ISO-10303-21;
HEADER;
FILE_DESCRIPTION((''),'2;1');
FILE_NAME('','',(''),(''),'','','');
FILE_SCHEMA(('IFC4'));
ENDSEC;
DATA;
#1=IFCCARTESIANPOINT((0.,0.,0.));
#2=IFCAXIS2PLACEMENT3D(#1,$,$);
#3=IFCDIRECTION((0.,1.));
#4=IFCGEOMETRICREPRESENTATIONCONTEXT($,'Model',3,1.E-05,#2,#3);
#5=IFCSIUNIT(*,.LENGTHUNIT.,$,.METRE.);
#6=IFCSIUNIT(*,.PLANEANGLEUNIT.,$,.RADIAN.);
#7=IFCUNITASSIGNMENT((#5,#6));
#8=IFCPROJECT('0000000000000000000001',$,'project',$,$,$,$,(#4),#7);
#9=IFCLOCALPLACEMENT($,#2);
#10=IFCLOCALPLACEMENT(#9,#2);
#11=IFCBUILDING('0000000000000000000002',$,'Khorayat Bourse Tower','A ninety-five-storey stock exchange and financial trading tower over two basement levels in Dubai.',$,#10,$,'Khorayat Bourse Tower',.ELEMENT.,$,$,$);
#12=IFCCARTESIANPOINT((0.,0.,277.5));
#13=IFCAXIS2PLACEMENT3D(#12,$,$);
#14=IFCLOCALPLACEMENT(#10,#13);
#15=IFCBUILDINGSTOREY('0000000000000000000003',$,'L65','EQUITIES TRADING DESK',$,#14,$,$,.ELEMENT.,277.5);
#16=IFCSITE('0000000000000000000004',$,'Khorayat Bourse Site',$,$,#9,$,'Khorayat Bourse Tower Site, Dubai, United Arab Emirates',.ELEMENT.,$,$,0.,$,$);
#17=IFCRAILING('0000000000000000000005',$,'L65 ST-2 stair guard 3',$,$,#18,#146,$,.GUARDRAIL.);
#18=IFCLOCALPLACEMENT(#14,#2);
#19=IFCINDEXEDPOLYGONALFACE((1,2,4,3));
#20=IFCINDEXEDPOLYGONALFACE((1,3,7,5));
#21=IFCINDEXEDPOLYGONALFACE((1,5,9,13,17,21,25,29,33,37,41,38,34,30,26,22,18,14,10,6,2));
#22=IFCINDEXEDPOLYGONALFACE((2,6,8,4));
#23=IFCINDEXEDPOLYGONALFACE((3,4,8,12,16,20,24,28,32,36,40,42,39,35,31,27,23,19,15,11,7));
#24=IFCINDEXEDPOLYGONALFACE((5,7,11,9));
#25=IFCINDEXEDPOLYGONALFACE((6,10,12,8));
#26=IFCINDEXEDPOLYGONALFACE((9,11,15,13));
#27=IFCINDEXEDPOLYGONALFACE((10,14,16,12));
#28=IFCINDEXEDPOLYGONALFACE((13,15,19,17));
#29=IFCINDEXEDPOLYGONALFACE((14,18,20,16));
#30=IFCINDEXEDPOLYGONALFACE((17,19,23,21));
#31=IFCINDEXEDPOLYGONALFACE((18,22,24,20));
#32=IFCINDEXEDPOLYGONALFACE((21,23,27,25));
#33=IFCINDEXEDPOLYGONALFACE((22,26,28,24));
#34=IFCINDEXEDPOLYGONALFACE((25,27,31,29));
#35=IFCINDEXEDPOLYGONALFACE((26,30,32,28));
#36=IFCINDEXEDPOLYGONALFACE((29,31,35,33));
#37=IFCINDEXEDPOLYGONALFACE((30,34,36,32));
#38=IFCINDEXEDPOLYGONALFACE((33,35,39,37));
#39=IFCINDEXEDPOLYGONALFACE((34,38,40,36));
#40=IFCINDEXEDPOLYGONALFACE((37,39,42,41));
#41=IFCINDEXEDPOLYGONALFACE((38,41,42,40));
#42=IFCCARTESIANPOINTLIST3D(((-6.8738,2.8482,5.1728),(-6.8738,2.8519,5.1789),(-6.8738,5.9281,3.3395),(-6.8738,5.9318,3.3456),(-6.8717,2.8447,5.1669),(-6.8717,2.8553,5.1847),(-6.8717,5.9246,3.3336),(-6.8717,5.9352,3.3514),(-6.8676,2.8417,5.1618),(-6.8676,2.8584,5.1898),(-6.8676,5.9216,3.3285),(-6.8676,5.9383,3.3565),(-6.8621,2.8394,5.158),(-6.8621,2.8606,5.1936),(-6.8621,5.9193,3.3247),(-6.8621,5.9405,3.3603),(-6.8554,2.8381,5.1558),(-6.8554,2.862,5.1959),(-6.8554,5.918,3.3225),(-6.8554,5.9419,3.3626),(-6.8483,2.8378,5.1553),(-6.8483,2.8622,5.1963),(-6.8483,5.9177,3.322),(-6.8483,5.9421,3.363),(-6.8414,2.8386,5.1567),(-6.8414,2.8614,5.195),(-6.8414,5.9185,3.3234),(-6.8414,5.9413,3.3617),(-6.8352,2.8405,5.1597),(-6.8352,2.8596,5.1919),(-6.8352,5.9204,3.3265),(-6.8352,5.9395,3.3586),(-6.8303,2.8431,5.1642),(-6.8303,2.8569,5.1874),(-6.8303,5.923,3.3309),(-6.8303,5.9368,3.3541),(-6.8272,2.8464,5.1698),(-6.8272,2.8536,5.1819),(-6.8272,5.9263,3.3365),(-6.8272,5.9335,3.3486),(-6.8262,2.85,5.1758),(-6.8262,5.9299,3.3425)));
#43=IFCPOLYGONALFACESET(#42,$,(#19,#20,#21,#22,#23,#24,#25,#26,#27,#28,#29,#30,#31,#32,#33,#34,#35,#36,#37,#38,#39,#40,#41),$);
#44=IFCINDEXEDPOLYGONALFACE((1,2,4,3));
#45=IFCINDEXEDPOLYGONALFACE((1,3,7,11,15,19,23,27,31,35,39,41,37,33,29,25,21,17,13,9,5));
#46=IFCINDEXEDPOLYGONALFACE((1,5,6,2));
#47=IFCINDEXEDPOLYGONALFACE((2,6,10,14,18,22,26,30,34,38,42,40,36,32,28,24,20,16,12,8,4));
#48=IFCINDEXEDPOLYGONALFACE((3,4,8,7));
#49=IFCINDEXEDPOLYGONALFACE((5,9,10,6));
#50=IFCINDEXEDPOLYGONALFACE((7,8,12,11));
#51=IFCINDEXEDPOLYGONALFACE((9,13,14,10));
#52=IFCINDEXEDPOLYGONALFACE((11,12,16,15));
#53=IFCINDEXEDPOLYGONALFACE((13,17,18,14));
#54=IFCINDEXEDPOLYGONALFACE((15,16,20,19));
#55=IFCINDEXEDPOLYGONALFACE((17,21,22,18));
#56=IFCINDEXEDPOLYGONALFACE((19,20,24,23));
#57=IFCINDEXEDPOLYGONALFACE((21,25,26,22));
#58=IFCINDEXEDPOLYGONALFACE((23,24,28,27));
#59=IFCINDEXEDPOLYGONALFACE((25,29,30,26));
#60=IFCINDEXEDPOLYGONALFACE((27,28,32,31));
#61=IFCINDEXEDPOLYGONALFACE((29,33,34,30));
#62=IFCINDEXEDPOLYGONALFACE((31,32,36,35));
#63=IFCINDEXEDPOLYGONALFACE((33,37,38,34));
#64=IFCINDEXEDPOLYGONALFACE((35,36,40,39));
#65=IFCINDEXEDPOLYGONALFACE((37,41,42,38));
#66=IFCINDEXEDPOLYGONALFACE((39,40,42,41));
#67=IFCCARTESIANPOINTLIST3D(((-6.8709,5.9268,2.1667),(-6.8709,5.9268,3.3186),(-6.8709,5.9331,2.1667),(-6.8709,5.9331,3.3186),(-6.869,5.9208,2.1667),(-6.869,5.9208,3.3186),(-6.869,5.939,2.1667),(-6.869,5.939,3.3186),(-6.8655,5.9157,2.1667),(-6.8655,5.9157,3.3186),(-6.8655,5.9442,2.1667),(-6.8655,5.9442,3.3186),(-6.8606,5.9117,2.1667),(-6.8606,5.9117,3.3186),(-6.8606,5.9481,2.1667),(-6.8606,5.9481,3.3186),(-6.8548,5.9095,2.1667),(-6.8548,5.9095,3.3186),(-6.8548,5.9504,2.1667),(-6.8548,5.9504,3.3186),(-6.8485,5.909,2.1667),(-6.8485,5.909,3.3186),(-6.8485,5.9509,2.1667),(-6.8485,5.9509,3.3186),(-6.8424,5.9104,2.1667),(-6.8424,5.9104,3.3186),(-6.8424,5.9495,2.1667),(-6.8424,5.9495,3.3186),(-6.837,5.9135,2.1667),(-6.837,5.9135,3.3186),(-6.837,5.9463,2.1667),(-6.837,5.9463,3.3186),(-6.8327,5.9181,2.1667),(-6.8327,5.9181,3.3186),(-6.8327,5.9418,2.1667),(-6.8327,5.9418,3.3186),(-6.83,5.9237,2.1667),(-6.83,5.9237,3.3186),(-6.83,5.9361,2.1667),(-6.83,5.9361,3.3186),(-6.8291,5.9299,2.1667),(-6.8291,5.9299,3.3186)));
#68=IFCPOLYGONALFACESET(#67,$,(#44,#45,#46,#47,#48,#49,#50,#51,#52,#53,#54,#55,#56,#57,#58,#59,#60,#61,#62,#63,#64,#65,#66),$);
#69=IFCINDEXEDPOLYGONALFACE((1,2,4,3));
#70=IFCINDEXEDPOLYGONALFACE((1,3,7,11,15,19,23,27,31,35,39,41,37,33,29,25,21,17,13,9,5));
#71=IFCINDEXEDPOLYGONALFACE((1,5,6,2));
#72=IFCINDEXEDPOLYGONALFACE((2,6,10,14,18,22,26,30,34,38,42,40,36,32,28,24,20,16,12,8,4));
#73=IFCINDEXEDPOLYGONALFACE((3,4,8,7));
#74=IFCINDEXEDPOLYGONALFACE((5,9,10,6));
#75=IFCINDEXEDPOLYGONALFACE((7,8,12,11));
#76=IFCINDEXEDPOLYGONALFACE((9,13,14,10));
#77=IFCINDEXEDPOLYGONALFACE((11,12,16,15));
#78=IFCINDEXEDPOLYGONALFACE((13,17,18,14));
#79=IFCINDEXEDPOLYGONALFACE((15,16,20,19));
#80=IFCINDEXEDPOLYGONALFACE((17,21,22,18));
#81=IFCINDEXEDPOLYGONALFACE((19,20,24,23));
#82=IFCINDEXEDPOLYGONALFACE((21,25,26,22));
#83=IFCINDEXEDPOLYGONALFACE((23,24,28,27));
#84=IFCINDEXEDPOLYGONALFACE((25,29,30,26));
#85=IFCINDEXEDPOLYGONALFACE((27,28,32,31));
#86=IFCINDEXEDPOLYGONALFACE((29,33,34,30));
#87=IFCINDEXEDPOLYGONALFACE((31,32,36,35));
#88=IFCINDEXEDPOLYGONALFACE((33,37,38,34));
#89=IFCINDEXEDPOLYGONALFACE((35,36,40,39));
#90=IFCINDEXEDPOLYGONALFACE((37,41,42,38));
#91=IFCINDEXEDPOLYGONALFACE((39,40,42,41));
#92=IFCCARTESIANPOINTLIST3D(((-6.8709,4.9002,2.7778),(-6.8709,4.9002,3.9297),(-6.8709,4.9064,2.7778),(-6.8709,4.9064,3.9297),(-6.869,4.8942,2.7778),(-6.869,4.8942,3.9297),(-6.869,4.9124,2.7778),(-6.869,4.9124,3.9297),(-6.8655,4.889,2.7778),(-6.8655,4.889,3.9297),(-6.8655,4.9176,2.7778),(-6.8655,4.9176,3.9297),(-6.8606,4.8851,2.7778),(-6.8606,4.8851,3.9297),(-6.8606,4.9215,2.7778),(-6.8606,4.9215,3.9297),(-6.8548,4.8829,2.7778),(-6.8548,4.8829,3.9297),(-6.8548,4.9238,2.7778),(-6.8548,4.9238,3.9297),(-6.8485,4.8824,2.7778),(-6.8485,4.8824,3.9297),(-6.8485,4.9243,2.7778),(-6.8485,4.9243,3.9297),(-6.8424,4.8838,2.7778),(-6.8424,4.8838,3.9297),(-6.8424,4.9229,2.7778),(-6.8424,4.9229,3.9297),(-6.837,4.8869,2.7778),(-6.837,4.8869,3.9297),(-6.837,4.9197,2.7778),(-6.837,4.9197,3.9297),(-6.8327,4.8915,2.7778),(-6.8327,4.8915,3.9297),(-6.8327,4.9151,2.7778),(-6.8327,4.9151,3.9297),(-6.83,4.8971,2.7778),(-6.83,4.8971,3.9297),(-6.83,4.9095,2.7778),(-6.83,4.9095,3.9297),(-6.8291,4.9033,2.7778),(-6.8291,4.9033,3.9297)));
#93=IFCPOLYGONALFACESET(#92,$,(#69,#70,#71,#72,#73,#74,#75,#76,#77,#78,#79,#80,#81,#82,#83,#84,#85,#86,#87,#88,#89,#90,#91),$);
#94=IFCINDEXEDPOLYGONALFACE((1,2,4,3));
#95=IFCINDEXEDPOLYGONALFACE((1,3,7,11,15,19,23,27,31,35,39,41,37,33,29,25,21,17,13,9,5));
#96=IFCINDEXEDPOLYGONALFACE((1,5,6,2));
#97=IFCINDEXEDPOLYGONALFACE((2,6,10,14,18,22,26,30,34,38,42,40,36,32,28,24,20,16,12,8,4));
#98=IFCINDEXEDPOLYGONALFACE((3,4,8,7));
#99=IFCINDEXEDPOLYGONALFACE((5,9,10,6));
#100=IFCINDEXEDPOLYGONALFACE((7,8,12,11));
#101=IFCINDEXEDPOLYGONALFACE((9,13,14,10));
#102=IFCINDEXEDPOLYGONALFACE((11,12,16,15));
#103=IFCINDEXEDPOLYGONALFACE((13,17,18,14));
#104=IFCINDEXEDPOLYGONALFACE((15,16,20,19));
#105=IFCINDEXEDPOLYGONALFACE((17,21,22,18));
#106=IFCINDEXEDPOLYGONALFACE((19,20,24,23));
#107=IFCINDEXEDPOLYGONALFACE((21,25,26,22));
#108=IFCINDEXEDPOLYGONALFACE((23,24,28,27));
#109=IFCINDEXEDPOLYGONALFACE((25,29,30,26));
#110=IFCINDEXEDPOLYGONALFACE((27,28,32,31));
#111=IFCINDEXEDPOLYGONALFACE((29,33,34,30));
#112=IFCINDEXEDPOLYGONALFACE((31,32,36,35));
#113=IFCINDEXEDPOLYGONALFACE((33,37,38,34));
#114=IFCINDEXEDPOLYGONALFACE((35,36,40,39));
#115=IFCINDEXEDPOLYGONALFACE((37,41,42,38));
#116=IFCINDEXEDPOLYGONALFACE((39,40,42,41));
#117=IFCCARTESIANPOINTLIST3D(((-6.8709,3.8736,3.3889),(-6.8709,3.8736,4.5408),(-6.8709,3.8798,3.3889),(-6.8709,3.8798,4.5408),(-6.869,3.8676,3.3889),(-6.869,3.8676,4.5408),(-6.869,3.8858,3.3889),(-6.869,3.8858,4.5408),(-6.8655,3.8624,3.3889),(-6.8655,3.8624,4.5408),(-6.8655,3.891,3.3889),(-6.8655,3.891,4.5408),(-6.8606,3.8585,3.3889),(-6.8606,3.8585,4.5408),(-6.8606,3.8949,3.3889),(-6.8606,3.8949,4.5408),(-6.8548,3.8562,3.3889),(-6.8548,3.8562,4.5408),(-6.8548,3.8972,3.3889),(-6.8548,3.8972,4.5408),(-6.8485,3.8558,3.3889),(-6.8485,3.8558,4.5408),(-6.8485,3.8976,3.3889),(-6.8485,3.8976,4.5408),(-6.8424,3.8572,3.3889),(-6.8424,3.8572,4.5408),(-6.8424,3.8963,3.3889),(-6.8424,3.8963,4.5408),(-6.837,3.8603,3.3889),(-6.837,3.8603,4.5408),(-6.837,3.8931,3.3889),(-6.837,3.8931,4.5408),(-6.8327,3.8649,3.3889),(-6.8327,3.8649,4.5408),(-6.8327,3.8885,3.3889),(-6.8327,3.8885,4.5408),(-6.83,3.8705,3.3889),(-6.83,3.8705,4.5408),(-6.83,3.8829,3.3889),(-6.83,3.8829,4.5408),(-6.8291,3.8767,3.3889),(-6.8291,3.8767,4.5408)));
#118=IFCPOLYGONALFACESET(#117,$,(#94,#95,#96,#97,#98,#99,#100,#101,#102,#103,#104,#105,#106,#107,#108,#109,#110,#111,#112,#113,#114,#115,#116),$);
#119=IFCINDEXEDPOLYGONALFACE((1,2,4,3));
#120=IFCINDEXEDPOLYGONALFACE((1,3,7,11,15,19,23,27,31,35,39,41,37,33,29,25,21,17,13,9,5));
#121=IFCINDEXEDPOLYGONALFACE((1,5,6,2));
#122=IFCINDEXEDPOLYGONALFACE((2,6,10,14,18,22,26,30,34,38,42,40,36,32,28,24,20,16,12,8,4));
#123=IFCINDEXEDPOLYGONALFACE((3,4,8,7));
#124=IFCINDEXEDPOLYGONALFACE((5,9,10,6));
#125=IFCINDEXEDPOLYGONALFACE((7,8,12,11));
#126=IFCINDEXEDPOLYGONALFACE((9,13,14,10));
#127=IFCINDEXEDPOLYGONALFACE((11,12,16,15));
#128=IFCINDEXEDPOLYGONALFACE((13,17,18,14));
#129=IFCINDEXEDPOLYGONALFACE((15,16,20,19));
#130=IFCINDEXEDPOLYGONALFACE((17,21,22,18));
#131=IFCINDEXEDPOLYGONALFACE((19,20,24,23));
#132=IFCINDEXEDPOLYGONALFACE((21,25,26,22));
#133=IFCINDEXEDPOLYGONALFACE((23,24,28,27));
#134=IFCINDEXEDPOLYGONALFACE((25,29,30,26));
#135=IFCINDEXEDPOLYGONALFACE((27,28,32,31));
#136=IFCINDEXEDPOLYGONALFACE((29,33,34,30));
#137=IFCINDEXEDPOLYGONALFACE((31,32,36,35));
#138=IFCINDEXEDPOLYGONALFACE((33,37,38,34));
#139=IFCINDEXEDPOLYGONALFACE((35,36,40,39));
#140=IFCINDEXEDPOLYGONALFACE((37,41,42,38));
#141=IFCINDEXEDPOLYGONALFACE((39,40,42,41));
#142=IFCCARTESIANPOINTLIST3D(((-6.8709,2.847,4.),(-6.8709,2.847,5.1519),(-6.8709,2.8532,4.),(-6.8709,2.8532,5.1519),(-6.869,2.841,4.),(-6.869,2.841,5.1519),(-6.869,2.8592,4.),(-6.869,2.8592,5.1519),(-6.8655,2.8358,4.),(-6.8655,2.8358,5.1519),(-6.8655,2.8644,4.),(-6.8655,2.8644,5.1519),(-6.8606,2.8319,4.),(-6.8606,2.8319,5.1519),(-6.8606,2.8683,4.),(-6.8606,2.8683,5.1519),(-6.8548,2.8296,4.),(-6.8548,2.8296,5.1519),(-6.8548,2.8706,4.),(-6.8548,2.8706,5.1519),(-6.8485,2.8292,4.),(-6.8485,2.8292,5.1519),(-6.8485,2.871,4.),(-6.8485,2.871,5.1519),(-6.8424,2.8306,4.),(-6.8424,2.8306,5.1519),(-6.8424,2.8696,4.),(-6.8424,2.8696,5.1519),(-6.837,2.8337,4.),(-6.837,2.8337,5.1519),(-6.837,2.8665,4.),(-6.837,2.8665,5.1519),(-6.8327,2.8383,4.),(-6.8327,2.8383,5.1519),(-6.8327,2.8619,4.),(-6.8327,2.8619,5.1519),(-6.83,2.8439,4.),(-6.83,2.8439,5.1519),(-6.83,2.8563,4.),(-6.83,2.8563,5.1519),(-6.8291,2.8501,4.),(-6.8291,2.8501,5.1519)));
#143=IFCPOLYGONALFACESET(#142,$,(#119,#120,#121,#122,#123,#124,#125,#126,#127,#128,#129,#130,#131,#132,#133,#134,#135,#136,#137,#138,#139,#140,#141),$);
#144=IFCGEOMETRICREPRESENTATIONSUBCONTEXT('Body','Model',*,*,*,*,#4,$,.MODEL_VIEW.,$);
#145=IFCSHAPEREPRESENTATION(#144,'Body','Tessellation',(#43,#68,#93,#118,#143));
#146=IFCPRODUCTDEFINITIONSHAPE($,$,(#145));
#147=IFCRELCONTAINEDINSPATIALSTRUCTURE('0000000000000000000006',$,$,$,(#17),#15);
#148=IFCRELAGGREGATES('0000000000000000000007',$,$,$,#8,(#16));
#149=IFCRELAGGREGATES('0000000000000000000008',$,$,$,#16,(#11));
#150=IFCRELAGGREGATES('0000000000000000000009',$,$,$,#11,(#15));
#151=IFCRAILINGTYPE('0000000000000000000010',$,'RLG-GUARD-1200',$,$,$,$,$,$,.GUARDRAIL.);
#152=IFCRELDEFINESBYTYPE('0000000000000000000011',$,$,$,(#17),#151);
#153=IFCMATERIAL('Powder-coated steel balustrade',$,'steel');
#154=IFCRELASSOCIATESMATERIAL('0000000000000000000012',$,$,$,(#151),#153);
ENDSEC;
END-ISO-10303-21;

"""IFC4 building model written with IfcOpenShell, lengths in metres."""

from ifc_helpers import new_model, si_unit, direction, frame, origin, origin_2d, place, context, subcontext, project, spatial, circle, extrude, source, transform, mapped, material, type_object, element, save


model = new_model("IFC4")

# Units and contexts
model_context = context("Model", 3, precision=1e-05, world=origin(), true_north=direction((0.0, 1.0)))
body_context = subcontext(model_context, "Body", "Model", "MODEL_VIEW")
ifc_project = project(units=[si_unit("LENGTHUNIT", "METRE"), si_unit("PLANEANGLEUNIT", "RADIAN")], contexts=[model_context])

# Site, building, storey
site_placement = place(None, origin())
site = spatial("IfcSite", under=ifc_project, at=site_placement, Name="Khorayat Bourse Site", LongName="Khorayat Bourse Tower Site, Dubai, United Arab Emirates", CompositionType="ELEMENT", RefElevation=0.0)
building_placement = place(site_placement, origin())
building = spatial("IfcBuilding", under=site, at=building_placement, Name="Khorayat Bourse Tower", Description="A ninety-five-storey stock exchange and financial trading tower over two basement levels in Dubai.", LongName="Khorayat Bourse Tower", CompositionType="ELEMENT")
storey_placement = place(building_placement, frame((0.0, 0.0, 277.5)))
storey = spatial("IfcBuildingStorey", under=building, at=storey_placement, Name="L65", Description="EQUITIES TRADING DESK", CompositionType="ELEMENT", Elevation=277.5)

# Railing
ifc_material_1 = material(Name="Powder-coated steel balustrade", Category="steel")
railing_type_1 = type_object("IfcRailingType", Name="RLG-GUARD-1200", PredefinedType="GUARDRAIL", material=ifc_material_1)
shared_shape_1 = source(origin(), body_context, "Body", "SweptSolid", [
    extrude(circle(Radius=0.0239, at=origin_2d()), frame((0.0, 0.0, 1.1758), z_axis=(0.0, -0.859291, 0.511487), x_axis=(1.0, 0.0, 0.0)), (0.0, 0.0, 1.0), 3.5842),
    extrude(circle(Radius=0.021, at=origin_2d()), origin(), (0.0, 0.0, 1.0), 1.1519),
    extrude(circle(Radius=0.021, at=origin_2d()), frame((0.0, -1.0266, 0.6111)), (0.0, 0.0, 1.0), 1.1519),
    extrude(circle(Radius=0.021, at=origin_2d()), frame((0.0, -2.0532, 1.2222)), (0.0, 0.0, 1.0), 1.1519),
    extrude(circle(Radius=0.021, at=origin_2d()), frame((0.0, -3.0798, 1.8333)), (0.0, 0.0, 1.0), 1.1519),
])
railing_1_placement = place(storey_placement, frame((-6.8501, 5.9299, 2.1667)))
element("IfcRailing", 1, at=railing_1_placement, inside=storey, type_object=railing_type_1, Name="L65 ST-2 stair guard 3", PredefinedType="GUARDRAIL", context=body_context, shape_type="MappedRepresentation", body=[
    mapped(shared_shape_1, transform((0.0, 0.0, 0.0), scale=1.0)),
])

save(model, "model.ifc")
